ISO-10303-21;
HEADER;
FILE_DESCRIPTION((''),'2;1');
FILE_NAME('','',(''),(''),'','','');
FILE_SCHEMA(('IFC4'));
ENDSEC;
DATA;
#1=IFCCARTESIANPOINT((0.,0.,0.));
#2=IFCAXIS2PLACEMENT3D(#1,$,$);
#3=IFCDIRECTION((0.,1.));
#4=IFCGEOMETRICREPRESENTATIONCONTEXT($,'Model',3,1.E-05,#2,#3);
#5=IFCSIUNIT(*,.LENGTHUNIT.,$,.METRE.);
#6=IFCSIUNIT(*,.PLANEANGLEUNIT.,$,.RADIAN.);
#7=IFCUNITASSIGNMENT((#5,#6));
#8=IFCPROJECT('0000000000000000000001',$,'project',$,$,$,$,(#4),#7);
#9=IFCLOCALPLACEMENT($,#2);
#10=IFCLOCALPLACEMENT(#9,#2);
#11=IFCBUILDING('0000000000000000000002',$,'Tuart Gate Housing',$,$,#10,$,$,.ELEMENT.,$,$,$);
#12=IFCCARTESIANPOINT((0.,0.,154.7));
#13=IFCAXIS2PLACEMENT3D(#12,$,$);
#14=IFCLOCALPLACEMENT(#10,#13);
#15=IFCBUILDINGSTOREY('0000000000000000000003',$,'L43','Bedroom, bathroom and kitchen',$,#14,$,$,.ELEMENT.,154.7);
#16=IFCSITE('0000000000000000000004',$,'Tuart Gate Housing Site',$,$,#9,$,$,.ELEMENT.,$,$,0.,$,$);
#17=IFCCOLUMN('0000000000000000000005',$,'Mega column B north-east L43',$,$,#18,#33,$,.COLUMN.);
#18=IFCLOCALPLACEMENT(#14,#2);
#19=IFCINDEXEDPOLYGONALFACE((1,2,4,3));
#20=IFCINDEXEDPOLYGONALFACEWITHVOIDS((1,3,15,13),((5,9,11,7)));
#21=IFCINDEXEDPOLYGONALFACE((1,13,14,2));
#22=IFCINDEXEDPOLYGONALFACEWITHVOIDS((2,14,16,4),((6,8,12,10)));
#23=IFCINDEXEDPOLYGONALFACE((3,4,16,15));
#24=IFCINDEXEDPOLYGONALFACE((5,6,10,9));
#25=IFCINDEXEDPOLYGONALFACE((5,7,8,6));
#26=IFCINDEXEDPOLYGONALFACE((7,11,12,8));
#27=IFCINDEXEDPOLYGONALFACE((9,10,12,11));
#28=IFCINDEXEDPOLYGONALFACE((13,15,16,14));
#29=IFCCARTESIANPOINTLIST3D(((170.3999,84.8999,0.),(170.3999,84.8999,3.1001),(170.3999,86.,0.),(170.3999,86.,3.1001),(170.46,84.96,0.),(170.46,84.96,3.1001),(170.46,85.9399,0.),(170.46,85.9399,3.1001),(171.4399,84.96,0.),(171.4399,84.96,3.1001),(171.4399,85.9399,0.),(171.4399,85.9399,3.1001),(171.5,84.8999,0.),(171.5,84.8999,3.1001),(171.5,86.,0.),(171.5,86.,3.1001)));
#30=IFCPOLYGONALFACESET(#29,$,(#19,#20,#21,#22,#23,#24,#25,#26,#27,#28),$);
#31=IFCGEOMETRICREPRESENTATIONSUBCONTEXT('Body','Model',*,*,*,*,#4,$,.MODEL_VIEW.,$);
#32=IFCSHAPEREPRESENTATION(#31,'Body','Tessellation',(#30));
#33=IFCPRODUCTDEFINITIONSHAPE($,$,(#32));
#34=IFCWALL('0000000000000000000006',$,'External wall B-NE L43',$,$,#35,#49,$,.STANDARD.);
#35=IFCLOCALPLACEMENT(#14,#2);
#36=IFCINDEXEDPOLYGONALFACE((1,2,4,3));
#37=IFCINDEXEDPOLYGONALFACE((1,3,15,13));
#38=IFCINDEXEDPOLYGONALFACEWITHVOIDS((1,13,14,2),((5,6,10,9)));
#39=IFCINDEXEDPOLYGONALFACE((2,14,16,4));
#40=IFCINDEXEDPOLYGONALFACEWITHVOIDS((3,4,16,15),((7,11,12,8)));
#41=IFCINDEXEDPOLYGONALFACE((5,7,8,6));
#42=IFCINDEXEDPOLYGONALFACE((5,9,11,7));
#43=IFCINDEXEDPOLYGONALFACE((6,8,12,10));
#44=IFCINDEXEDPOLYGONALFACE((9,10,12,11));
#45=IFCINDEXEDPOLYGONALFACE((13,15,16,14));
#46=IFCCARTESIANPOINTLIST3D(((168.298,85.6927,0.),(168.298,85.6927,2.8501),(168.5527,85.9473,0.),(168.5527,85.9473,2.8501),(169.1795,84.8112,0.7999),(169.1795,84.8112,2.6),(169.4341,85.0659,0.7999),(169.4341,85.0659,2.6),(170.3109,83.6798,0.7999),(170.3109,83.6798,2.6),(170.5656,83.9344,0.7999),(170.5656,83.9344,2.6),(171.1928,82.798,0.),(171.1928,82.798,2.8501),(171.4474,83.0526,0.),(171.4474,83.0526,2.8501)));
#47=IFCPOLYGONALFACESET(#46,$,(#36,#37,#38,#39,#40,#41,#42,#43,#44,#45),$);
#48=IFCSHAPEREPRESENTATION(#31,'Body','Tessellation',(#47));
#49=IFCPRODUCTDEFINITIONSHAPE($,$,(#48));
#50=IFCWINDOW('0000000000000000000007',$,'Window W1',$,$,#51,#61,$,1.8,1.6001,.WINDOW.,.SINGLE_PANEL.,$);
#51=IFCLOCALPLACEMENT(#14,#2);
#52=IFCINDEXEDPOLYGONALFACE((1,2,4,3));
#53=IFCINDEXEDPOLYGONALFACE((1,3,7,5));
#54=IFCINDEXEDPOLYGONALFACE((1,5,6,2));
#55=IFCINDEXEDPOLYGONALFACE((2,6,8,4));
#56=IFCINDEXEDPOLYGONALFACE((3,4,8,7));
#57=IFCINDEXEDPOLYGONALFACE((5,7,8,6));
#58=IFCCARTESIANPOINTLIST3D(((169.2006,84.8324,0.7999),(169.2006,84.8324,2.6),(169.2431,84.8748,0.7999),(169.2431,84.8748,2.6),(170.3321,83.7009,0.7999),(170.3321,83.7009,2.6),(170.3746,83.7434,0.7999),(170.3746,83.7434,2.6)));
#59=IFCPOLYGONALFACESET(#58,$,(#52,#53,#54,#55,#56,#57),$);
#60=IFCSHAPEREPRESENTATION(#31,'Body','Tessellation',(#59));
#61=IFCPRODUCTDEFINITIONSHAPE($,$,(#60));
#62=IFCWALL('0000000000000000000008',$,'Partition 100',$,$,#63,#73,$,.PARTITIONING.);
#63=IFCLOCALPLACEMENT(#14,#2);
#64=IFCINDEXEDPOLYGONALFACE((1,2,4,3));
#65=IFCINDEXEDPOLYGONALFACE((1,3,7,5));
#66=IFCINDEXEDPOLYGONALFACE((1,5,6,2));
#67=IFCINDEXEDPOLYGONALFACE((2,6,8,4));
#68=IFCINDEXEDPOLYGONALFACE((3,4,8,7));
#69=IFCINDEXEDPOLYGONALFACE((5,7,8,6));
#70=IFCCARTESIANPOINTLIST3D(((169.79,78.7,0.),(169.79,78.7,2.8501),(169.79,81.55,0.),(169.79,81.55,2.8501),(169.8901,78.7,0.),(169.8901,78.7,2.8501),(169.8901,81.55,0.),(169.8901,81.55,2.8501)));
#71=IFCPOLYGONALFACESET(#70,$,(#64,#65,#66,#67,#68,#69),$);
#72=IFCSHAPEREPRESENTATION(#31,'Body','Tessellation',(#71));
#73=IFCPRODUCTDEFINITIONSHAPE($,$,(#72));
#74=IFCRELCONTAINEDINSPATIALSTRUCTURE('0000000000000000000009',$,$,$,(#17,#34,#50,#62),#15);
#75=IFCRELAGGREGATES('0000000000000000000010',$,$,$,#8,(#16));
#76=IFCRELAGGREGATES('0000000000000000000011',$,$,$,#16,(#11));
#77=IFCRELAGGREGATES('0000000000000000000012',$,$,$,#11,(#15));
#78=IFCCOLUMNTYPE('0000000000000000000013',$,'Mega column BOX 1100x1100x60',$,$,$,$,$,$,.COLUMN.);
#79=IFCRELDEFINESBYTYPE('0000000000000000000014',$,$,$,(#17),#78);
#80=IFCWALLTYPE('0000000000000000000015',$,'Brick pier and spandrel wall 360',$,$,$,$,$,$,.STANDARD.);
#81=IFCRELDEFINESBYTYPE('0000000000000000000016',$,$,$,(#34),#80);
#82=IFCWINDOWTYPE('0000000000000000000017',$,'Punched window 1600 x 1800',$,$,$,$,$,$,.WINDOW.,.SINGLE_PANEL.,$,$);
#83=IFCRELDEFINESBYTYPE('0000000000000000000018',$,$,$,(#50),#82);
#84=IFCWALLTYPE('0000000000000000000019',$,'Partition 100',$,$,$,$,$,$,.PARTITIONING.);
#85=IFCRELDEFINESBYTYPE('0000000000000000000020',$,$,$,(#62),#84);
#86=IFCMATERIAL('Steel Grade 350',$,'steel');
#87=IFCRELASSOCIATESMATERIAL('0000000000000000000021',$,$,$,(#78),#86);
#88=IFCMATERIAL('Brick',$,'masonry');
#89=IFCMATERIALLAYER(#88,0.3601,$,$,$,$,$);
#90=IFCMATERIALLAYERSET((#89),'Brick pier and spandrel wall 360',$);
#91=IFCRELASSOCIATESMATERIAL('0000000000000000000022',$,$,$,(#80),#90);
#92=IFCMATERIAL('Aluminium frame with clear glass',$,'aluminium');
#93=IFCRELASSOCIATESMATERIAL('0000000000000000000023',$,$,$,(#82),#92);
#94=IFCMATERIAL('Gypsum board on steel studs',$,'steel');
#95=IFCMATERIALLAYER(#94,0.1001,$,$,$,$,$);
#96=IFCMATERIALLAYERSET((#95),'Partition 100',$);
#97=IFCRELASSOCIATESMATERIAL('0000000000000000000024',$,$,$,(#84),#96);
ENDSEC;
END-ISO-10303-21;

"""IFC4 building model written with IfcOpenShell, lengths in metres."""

from ifc_helpers import new_model, si_unit, direction, frame, frame_2d, origin, origin_2d, place, context, subcontext, project, spatial, rectangle, hollow_rectangle, extrude, material, layer, layer_set, material_profile, profile_set, type_object, element, fill, save


model = new_model("IFC4")

# Units and contexts
model_context = context("Model", 3, precision=1e-05, world=origin(), true_north=direction((0.0, 1.0)))
body_context = subcontext(model_context, "Body", "Model", "MODEL_VIEW")
ifc_project = project(units=[si_unit("LENGTHUNIT", "METRE"), si_unit("PLANEANGLEUNIT", "RADIAN")], contexts=[model_context])

# Site, building, storey
site_placement = place(None, origin())
site = spatial("IfcSite", under=ifc_project, at=site_placement, Name="Tuart Gate Housing Site", CompositionType="ELEMENT", RefElevation=0.0)
building_placement = place(site_placement, origin())
building = spatial("IfcBuilding", under=site, at=building_placement, Name="Tuart Gate Housing", CompositionType="ELEMENT")
storey_placement = place(building_placement, frame((0.0, 0.0, 154.7)))
storey = spatial("IfcBuildingStorey", under=building, at=storey_placement, Name="L43", Description="Bedroom, bathroom and kitchen", CompositionType="ELEMENT", Elevation=154.7)

# Column
ifc_material_1 = material(Name="Steel Grade 350", Category="steel")
ifc_material_profile = material_profile(ifc_material_1, hollow_rectangle(XDim=1.1001, YDim=1.1001, WallThickness=0.0601, at=origin_2d()), Name="BOX 1100x1100x60")
ifc_profile_set = profile_set([ifc_material_profile], Name="Steel Grade 350")
column_type = type_object("IfcColumnType", Name="Mega column BOX 1100x1100x60", PredefinedType="COLUMN", material=ifc_profile_set)
column_placement = place(storey_placement, frame((170.95, 85.45, 0.0), z_axis=(0.0, 0.0, 1.0), x_axis=(1.0, 0.0, 0.0)))
element("IfcColumn", 1, at=column_placement, inside=storey, type_object=column_type, Name="Mega column B north-east L43", PredefinedType="COLUMN", context=body_context, shape_type="SweptSolid", body=[
    extrude(hollow_rectangle(XDim=1.1001, YDim=1.1001, WallThickness=0.0601, at=origin_2d()), origin(), (0.0, 0.0, 1.0), 3.1001),
])

# Wall, opening, window
ifc_material_2 = material(Name="Brick", Category="masonry")
ifc_layer_1 = layer(ifc_material_2, 0.3601)
ifc_layer_set_1 = layer_set([ifc_layer_1], Name="Brick pier and spandrel wall 360")
wall_type_1 = type_object("IfcWallType", Name="Brick pier and spandrel wall 360", PredefinedType="STANDARD", material=ifc_layer_set_1)
wall_1_placement = place(storey_placement, frame((171.3201, 82.9253, 0.0), z_axis=(0.0, 0.0, 1.0), x_axis=(-0.707107, 0.707107, 0.0)))
wall_1 = element("IfcWall", 2, at=wall_1_placement, inside=storey, type_object=wall_type_1, Name="External wall B-NE L43", PredefinedType="STANDARD", context=body_context, shape_type="SweptSolid", body=[
    extrude(rectangle(XDim=4.0938, YDim=0.3601, at=frame_2d((2.0469, 0.0))), origin(), (0.0, 0.0, 1.0), 2.8501),
])
opening_1_placement = place(wall_1_placement, frame((1.2471, 0.0, 0.8)))
opening_1 = element("IfcOpeningElement", 3, at=opening_1_placement, cuts=wall_1, PredefinedType="OPENING", context=body_context, shape_type="SweptSolid", body=[
    extrude(rectangle(XDim=1.6001, YDim=1.8, at=frame_2d((0.8, 0.8999))), frame((0.0, 0.1899, 0.0), z_axis=(0.0, -1.0, 0.0), x_axis=(1.0, 0.0, 0.0)), (0.0, 0.0, 1.0), 0.3801),
])
ifc_material_3 = material(Name="Aluminium frame with clear glass", Category="aluminium")
window_type_1 = type_object("IfcWindowType", Name="Punched window 1600 x 1800", PartitioningType="SINGLE_PANEL", PredefinedType="WINDOW", material=ifc_material_3)
window_1_placement = place(opening_1_placement, origin())
window_1 = element("IfcWindow", 4, at=window_1_placement, inside=storey, type_object=window_type_1, Name="Window W1", OverallHeight=1.8, OverallWidth=1.6001, PartitioningType="SINGLE_PANEL", PredefinedType="WINDOW", context=body_context, shape_type="SweptSolid", body=[
    extrude(rectangle(XDim=1.6001, YDim=1.8, at=frame_2d((0.8, 0.8999))), frame((0.0, 0.1501, 0.0), z_axis=(0.0, -1.0, 0.0), x_axis=(1.0, 0.0, 0.0)), (0.0, 0.0, 1.0), 0.0601),
])
fill(opening_1, window_1)

# Wall
ifc_material_4 = material(Name="Gypsum board on steel studs", Category="steel")
ifc_layer_2 = layer(ifc_material_4, 0.1001)
ifc_layer_set_2 = layer_set([ifc_layer_2], Name="Partition 100")
wall_type_2 = type_object("IfcWallType", Name="Partition 100", PredefinedType="PARTITIONING", material=ifc_layer_set_2)
wall_2_placement = place(storey_placement, frame((169.8401, 78.7, 0.0), z_axis=(0.0, 0.0, 1.0), x_axis=(0.0, 1.0, 0.0)))
element("IfcWall", 5, at=wall_2_placement, inside=storey, type_object=wall_type_2, Name="Partition 100", PredefinedType="PARTITIONING", context=body_context, shape_type="SweptSolid", body=[
    extrude(rectangle(XDim=2.8501, YDim=0.1001, at=frame_2d((1.425, 0.0))), origin(), (0.0, 0.0, 1.0), 2.8501),
])

save(model, "model.ifc")
